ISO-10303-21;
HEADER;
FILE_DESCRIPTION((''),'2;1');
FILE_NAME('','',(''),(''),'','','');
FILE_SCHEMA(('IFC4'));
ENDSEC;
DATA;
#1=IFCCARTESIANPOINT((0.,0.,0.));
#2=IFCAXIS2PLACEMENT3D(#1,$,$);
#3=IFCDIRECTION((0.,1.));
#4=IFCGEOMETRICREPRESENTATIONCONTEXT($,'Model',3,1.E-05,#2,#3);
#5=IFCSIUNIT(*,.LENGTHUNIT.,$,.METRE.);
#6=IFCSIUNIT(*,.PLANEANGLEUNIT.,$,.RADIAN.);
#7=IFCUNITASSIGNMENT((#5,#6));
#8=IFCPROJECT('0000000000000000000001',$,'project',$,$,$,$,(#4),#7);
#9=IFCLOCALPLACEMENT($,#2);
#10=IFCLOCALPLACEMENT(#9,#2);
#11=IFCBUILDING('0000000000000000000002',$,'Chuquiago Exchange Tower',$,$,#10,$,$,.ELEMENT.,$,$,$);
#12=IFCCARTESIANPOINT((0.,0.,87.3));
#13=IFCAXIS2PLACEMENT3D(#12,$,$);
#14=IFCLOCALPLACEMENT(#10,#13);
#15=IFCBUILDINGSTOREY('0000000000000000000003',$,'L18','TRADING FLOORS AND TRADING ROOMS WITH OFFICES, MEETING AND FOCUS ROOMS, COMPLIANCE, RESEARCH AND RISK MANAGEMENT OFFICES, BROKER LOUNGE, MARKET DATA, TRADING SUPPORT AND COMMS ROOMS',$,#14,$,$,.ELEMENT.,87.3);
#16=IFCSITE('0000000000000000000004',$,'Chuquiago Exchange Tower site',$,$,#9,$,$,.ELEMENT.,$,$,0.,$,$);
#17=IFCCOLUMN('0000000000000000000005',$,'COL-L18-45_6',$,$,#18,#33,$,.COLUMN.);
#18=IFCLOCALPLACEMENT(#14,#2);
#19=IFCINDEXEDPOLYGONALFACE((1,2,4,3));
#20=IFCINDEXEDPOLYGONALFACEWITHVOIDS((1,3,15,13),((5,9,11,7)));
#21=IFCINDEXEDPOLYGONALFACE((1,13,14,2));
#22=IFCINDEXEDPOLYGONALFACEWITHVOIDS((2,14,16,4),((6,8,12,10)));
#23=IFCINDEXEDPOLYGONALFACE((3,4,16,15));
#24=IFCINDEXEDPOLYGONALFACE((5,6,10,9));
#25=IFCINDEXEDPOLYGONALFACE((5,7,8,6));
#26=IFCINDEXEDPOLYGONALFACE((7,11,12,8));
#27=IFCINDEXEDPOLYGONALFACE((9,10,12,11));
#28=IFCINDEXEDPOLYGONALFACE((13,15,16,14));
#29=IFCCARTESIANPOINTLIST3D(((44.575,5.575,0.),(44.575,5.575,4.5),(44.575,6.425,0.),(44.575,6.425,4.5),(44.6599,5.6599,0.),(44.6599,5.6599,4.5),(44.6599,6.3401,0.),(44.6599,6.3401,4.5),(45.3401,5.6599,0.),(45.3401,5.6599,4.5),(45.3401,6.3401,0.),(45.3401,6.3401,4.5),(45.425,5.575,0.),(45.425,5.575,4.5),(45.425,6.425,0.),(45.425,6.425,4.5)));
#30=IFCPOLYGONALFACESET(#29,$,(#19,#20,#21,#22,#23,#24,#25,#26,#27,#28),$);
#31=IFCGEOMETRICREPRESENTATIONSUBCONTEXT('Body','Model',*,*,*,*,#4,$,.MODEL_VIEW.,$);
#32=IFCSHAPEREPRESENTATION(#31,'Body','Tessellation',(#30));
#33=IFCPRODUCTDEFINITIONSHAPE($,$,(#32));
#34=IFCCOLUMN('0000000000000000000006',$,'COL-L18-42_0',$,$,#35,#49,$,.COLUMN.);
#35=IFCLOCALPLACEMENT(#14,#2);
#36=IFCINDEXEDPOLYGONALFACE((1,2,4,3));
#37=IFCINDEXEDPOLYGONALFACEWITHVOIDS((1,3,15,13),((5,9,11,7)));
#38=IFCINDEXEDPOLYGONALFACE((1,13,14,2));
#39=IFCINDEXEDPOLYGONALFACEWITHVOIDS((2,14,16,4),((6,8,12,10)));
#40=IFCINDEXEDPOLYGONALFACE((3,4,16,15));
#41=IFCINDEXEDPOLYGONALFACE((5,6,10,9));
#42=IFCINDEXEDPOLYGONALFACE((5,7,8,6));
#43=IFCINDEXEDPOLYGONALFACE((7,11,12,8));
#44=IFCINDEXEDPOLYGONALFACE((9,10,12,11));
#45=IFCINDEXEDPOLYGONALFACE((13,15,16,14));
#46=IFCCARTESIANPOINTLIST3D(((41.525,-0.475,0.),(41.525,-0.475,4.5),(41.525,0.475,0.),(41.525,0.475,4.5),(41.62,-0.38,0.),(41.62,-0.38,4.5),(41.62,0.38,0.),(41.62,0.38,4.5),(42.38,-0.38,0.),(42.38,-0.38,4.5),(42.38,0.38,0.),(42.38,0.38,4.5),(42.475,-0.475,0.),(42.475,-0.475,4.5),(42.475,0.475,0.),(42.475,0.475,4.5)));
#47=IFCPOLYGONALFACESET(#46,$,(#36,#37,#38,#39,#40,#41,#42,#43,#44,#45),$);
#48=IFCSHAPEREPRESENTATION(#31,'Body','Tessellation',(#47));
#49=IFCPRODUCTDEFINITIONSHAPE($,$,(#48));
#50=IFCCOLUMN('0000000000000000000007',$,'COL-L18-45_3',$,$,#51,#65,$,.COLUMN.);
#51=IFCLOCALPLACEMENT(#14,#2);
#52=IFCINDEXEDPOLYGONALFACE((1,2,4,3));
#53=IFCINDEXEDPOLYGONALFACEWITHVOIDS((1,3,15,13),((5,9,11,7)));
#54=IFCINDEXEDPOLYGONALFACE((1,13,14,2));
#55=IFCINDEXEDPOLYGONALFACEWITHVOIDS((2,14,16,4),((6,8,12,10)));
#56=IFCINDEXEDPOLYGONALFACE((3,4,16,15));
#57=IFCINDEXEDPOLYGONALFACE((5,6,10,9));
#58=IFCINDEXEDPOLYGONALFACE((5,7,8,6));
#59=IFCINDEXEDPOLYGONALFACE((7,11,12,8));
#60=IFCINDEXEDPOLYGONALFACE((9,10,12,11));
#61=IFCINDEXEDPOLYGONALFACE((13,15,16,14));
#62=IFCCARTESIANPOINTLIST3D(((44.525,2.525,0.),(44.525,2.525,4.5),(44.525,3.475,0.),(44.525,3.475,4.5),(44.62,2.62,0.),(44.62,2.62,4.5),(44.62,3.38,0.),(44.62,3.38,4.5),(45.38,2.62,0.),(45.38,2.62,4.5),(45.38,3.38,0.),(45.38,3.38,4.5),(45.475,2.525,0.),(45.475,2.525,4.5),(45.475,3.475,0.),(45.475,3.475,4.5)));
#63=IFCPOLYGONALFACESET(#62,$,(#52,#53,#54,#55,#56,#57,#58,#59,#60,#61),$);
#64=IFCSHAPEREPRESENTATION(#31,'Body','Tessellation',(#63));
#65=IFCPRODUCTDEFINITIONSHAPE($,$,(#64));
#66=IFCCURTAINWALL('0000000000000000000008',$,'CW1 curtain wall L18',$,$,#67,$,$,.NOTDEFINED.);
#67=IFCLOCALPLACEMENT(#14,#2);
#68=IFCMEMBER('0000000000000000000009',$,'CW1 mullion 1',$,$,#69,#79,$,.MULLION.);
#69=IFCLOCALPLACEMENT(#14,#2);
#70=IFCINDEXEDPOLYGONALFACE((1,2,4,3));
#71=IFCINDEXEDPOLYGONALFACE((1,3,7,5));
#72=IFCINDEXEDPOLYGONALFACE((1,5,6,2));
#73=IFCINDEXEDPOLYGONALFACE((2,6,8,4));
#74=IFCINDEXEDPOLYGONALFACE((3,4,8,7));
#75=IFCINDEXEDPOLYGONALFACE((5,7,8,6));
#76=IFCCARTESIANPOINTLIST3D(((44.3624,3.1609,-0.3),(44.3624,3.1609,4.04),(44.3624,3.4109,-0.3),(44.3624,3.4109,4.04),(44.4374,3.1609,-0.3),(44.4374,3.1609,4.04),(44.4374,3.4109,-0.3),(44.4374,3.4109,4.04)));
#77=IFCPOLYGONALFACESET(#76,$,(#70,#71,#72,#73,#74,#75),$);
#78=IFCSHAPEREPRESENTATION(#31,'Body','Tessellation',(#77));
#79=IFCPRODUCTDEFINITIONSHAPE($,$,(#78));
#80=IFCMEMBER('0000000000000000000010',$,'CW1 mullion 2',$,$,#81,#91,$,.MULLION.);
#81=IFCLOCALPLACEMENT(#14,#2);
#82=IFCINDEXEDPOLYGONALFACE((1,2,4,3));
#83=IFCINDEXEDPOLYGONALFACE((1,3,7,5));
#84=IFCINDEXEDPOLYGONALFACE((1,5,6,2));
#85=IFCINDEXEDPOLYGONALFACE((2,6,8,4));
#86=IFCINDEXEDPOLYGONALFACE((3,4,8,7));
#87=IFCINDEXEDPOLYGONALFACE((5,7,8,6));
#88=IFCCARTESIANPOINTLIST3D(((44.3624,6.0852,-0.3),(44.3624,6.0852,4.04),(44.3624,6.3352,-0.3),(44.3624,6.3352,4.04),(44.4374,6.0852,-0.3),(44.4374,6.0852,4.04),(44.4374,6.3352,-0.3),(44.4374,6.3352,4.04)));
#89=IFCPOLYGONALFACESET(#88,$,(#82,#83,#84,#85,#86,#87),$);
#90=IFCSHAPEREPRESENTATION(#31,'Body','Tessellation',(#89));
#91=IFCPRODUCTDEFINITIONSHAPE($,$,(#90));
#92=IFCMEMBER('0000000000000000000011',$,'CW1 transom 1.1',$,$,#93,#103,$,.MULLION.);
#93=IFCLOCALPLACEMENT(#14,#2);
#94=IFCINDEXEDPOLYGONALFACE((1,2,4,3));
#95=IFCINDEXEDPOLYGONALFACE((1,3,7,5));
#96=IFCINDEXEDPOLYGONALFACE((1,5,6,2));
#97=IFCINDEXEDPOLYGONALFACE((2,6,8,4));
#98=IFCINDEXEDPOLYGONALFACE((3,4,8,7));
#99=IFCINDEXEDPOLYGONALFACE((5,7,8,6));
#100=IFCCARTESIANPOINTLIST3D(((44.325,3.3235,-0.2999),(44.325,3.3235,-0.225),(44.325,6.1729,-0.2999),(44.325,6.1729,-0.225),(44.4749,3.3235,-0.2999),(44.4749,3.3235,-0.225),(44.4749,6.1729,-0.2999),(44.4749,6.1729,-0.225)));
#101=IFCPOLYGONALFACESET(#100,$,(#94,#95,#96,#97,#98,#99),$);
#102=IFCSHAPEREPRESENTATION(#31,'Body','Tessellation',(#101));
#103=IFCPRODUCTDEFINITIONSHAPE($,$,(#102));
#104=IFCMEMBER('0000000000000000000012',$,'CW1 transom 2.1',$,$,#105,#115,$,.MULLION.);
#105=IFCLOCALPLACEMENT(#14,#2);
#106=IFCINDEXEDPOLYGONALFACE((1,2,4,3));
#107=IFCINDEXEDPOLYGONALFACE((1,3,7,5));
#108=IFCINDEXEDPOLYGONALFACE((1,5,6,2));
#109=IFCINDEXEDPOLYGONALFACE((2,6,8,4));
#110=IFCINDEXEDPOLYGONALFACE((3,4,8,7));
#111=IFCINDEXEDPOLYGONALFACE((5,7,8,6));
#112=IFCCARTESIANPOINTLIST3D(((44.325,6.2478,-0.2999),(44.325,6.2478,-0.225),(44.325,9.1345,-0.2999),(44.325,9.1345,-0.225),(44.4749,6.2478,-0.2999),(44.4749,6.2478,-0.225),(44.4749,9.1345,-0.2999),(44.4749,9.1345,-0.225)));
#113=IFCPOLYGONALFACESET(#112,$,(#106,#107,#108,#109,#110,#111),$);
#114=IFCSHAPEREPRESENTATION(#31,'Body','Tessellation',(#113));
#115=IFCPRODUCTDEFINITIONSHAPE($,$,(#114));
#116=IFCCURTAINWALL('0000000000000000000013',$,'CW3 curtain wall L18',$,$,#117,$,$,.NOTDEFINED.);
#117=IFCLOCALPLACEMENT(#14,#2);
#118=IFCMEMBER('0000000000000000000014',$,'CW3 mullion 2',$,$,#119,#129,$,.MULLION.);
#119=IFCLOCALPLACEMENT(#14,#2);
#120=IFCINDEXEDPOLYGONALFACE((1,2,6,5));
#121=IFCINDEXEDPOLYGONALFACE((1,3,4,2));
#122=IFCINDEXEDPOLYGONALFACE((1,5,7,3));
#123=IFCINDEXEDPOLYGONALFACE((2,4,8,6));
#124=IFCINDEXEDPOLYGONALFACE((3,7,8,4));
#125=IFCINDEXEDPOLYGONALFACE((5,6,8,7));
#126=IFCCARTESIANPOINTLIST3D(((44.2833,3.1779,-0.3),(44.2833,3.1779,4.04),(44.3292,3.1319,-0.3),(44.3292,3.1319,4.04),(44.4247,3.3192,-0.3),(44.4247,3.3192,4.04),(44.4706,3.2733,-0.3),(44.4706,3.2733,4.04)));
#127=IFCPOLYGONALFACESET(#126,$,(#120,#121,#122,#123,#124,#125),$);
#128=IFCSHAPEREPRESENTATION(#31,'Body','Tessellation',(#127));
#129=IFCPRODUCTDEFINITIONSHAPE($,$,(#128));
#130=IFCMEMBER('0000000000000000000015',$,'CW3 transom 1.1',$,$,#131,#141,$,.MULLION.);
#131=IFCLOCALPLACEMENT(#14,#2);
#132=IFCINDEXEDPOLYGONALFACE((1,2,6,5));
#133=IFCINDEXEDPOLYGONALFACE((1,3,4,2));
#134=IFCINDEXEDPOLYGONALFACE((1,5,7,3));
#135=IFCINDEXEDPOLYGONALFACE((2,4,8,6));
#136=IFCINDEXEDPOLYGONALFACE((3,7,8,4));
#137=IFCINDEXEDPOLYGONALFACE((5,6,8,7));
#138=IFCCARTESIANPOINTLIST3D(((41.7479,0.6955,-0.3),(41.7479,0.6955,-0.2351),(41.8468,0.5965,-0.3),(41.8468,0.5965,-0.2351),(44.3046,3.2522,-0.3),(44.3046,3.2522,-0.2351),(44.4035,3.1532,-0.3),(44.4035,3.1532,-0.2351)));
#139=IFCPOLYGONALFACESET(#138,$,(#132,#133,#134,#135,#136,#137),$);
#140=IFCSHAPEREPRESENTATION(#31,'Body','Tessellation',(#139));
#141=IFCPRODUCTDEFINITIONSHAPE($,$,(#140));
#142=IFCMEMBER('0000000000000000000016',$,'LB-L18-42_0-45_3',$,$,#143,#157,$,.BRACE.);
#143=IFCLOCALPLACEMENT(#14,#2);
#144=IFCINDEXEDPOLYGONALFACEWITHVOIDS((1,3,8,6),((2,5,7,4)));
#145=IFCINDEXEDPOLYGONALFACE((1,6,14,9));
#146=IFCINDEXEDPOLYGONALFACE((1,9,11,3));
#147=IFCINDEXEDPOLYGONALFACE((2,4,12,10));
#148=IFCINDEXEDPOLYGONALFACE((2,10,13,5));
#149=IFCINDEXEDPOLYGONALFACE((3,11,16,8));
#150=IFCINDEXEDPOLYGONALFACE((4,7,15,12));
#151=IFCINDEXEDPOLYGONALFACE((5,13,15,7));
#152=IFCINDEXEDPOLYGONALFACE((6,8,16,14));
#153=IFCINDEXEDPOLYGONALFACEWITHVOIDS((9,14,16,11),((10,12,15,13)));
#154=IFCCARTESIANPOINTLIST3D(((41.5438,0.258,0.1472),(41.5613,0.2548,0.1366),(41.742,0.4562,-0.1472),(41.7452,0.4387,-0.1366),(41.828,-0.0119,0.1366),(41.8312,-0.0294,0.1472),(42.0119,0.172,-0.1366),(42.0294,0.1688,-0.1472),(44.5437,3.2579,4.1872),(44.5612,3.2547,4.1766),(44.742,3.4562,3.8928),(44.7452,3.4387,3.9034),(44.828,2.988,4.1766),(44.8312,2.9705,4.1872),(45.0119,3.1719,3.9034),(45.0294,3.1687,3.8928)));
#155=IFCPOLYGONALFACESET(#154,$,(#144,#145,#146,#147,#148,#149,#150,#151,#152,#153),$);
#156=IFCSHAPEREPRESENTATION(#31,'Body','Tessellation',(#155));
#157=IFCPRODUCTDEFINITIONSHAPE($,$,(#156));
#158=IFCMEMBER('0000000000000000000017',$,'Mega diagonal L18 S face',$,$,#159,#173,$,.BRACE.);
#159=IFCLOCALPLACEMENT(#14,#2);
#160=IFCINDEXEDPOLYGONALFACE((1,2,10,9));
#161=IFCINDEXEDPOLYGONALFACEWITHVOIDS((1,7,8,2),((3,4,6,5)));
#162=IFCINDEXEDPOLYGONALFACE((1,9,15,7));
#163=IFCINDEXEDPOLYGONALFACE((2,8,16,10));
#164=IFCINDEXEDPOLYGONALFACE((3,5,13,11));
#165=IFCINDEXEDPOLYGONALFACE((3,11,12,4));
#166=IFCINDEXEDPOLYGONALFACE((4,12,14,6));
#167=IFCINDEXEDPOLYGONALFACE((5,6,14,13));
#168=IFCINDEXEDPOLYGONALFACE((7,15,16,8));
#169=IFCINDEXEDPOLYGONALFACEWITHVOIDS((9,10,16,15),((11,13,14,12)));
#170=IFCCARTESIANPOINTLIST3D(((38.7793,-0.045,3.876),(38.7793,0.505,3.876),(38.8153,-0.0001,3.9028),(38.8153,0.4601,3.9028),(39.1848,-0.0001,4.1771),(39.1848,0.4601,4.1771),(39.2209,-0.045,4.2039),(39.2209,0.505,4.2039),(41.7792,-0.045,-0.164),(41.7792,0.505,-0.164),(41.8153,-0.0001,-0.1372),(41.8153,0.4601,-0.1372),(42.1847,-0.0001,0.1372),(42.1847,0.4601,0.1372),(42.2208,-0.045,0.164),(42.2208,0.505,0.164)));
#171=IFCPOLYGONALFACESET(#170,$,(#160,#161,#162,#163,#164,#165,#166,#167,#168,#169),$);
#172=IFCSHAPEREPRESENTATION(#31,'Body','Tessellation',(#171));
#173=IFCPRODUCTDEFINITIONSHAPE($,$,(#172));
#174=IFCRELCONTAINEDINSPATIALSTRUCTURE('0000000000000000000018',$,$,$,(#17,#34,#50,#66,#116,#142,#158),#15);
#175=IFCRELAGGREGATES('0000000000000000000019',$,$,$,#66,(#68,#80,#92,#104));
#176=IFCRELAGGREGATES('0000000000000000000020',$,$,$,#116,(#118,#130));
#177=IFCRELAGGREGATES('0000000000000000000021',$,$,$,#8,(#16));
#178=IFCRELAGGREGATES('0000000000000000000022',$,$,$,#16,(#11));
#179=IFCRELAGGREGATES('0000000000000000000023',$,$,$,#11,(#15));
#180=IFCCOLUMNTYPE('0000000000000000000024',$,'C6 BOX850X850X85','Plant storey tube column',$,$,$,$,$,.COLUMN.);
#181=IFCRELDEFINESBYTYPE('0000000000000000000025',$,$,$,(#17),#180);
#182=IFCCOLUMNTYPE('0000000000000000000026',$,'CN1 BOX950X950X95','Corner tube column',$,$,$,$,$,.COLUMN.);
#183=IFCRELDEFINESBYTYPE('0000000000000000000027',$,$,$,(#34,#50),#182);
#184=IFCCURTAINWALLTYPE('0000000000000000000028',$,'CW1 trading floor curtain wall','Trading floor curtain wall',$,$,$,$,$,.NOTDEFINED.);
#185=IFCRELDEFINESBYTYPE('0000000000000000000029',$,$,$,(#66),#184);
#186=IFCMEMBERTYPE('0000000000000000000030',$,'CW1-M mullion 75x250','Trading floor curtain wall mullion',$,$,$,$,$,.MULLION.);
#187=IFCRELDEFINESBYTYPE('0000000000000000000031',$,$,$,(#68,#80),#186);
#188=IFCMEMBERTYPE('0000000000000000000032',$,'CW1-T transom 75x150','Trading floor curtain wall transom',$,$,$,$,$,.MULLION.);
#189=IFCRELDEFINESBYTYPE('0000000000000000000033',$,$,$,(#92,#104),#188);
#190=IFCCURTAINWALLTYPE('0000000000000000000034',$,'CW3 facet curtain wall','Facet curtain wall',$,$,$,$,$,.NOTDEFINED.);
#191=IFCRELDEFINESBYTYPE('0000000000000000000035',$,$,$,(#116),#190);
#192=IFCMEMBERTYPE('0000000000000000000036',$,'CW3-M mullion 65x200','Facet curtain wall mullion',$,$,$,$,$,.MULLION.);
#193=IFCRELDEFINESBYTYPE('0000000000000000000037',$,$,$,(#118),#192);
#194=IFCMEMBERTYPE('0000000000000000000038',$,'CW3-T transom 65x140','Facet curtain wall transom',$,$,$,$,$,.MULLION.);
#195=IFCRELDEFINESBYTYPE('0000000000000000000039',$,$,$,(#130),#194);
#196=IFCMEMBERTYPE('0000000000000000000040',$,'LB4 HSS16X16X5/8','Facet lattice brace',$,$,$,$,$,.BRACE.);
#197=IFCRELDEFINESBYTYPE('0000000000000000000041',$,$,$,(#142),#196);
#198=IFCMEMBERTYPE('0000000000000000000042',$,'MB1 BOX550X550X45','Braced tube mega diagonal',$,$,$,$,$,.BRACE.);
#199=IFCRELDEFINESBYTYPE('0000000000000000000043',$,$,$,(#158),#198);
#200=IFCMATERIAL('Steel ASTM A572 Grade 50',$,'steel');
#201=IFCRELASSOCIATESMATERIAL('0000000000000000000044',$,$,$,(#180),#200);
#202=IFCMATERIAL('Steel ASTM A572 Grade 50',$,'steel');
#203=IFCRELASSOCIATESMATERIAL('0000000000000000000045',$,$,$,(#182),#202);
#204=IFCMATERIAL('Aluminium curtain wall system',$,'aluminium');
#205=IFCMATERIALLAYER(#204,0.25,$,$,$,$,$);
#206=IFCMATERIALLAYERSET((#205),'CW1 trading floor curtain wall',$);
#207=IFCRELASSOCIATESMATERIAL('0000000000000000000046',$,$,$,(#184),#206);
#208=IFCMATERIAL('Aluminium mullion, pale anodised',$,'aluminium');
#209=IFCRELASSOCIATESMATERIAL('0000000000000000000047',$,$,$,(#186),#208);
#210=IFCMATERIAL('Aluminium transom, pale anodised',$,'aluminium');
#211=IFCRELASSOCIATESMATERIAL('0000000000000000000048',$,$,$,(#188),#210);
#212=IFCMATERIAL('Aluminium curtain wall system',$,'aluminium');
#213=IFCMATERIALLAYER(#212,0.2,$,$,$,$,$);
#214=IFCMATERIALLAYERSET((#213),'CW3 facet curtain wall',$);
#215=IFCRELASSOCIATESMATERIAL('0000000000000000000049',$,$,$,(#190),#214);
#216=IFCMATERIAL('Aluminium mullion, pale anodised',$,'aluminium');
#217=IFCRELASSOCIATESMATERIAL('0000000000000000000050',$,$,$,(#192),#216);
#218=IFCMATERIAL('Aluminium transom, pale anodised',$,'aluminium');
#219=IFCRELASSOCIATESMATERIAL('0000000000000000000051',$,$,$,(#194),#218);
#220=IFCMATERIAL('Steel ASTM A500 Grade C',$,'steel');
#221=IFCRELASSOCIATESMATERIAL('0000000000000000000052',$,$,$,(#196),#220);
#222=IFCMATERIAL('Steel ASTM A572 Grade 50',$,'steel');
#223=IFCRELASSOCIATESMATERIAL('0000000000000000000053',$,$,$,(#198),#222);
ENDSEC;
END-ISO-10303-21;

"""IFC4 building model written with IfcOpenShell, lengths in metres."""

from ifc_helpers import new_model, si_unit, direction, frame, origin, origin_2d, place, context, subcontext, project, spatial, rectangle, hollow_rectangle, extrude, material, layer, layer_set, material_profile, profile_set, type_object, element, aggregate, save


model = new_model("IFC4")

# Units and contexts
model_context = context("Model", 3, precision=1e-05, world=origin(), true_north=direction((0.0, 1.0)))
body_context = subcontext(model_context, "Body", "Model", "MODEL_VIEW")
ifc_project = project(units=[si_unit("LENGTHUNIT", "METRE"), si_unit("PLANEANGLEUNIT", "RADIAN")], contexts=[model_context])

# Site, building, storey
site_placement = place(None, origin())
site = spatial("IfcSite", under=ifc_project, at=site_placement, Name="Chuquiago Exchange Tower site", CompositionType="ELEMENT", RefElevation=0.0)
building_placement = place(site_placement, origin())
building = spatial("IfcBuilding", under=site, at=building_placement, Name="Chuquiago Exchange Tower", CompositionType="ELEMENT")
storey_placement = place(building_placement, frame((0.0, 0.0, 87.3)))
storey = spatial("IfcBuildingStorey", under=building, at=storey_placement, Name="L18", Description="TRADING FLOORS AND TRADING ROOMS WITH OFFICES, MEETING AND FOCUS ROOMS, COMPLIANCE, RESEARCH AND RISK MANAGEMENT OFFICES, BROKER LOUNGE, MARKET DATA, TRADING SUPPORT AND COMMS ROOMS", CompositionType="ELEMENT", Elevation=87.3)

# Columns
ifc_material_1 = material(Name="Steel ASTM A572 Grade 50", Category="steel")
ifc_material_profile_1 = material_profile(ifc_material_1, hollow_rectangle(XDim=0.8501, YDim=0.8501, WallThickness=0.085, at=origin_2d()), Name="BOX850X850X85")
ifc_profile_set_1 = profile_set([ifc_material_profile_1], Name="Steel ASTM A572 Grade 50")
column_type_1 = type_object("IfcColumnType", Name="C6 BOX850X850X85", Description="Plant storey tube column", PredefinedType="COLUMN", material=ifc_profile_set_1)
column_placement = place(storey_placement, frame((45.0, 6.0, 0.0), z_axis=(0.0, 0.0, 1.0), x_axis=(1.0, 0.0, 0.0)))
element("IfcColumn", 1, at=column_placement, inside=storey, type_object=column_type_1, Name="COL-L18-45_6", PredefinedType="COLUMN", context=body_context, shape_type="SweptSolid", body=[
    extrude(hollow_rectangle(XDim=0.8501, YDim=0.8501, WallThickness=0.085, at=origin_2d()), origin(), (0.0, 0.0, 1.0), 4.5),
])
ifc_material_2 = material(Name="Steel ASTM A572 Grade 50", Category="steel")
ifc_material_profile_2 = material_profile(ifc_material_2, hollow_rectangle(XDim=0.95, YDim=0.95, WallThickness=0.095, at=origin_2d()), Name="BOX950X950X95")
ifc_profile_set_2 = profile_set([ifc_material_profile_2], Name="Steel ASTM A572 Grade 50")
column_type_2 = type_object("IfcColumnType", Name="CN1 BOX950X950X95", Description="Corner tube column", PredefinedType="COLUMN", material=ifc_profile_set_2)
for number, where, z_axis, x_axis, name in (
    (2, (42.0, 0.0, 0.0), (0.0, 0.0, 1.0), (0.0, -1.0, 0.0), "COL-L18-42_0"),
    (3, (45.0, 3.0, 0.0), (0.0, 0.0, 1.0), (1.0, 0.0, 0.0), "COL-L18-45_3"),
):
    element("IfcColumn", number, at=place(storey_placement, frame(where, z_axis=z_axis, x_axis=x_axis)), inside=storey, type_object=column_type_2, Name=name, PredefinedType="COLUMN", context=body_context, shape_type="SweptSolid", body=[
        extrude(hollow_rectangle(XDim=0.95, YDim=0.95, WallThickness=0.095, at=origin_2d()), origin(), (0.0, 0.0, 1.0), 4.5),
    ])

# Curtain walls, members
ifc_material_3 = material(Name="Aluminium curtain wall system", Category="aluminium")
ifc_layer_1 = layer(ifc_material_3, 0.25)
ifc_layer_set_1 = layer_set([ifc_layer_1], Name="CW1 trading floor curtain wall")
curtain_wall_type_1 = type_object("IfcCurtainWallType", Name="CW1 trading floor curtain wall", Description="Trading floor curtain wall", PredefinedType="NOTDEFINED", material=ifc_layer_set_1)
curtain_wall_1_placement = place(storey_placement, origin())
curtain_wall_1 = element("IfcCurtainWall", 4, at=curtain_wall_1_placement, inside=storey, type_object=curtain_wall_type_1, Name="CW1 curtain wall L18", PredefinedType="NOTDEFINED")
ifc_material_4 = material(Name="Aluminium mullion, pale anodised", Category="aluminium")
ifc_material_profile_3 = material_profile(ifc_material_4, rectangle(XDim=0.075, YDim=0.25, at=origin_2d()), Name="AL 75x250")
ifc_profile_set_3 = profile_set([ifc_material_profile_3], Name="Aluminium mullion, pale anodised")
member_type_1 = type_object("IfcMemberType", Name="CW1-M mullion 75x250", Description="Trading floor curtain wall mullion", PredefinedType="MULLION", material=ifc_profile_set_3)
member_1_placement = place(storey_placement, frame((44.3999, 3.2859, -0.3), z_axis=(0.0, 0.0, 1.0), x_axis=(-1.0, 0.0, 0.0)))
member_1 = element("IfcMember", 5, at=member_1_placement, type_object=member_type_1, Name="CW1 mullion 1", PredefinedType="MULLION", context=body_context, shape_type="SweptSolid", body=[
    extrude(rectangle(XDim=0.075, YDim=0.25, at=origin_2d()), origin(), (0.0, 0.0, 1.0), 4.3401),
])
member_2_placement = place(storey_placement, frame((44.3999, 6.2102, -0.3), z_axis=(0.0, 0.0, 1.0), x_axis=(-1.0, 0.0, 0.0)))
member_2 = element("IfcMember", 6, at=member_2_placement, type_object=member_type_1, Name="CW1 mullion 2", PredefinedType="MULLION", context=body_context, shape_type="SweptSolid", body=[
    extrude(rectangle(XDim=0.075, YDim=0.25, at=origin_2d()), origin(), (0.0, 0.0, 1.0), 4.3401),
])
ifc_material_5 = material(Name="Aluminium transom, pale anodised", Category="aluminium")
ifc_material_profile_4 = material_profile(ifc_material_5, rectangle(XDim=0.1499, YDim=0.075, at=origin_2d()), Name="AL 150x75")
ifc_profile_set_4 = profile_set([ifc_material_profile_4], Name="Aluminium transom, pale anodised")
member_type_2 = type_object("IfcMemberType", Name="CW1-T transom 75x150", Description="Trading floor curtain wall transom", PredefinedType="MULLION", material=ifc_profile_set_4)
member_3_placement = place(storey_placement, frame((44.3999, 3.3235, -0.2625), z_axis=(0.0, 1.0, 0.0), x_axis=(-1.0, 0.0, 0.0)))
member_3 = element("IfcMember", 7, at=member_3_placement, type_object=member_type_2, Name="CW1 transom 1.1", PredefinedType="MULLION", context=body_context, shape_type="SweptSolid", body=[
    extrude(rectangle(XDim=0.1499, YDim=0.075, at=origin_2d()), origin(), (0.0, 0.0, 1.0), 2.8494),
])
member_4_placement = place(storey_placement, frame((44.3999, 6.2478, -0.2625), z_axis=(0.0, 1.0, 0.0), x_axis=(-1.0, 0.0, 0.0)))
member_4 = element("IfcMember", 8, at=member_4_placement, type_object=member_type_2, Name="CW1 transom 2.1", PredefinedType="MULLION", context=body_context, shape_type="SweptSolid", body=[
    extrude(rectangle(XDim=0.1499, YDim=0.075, at=origin_2d()), origin(), (0.0, 0.0, 1.0), 2.8867),
])
ifc_material_6 = material(Name="Aluminium curtain wall system", Category="aluminium")
ifc_layer_2 = layer(ifc_material_6, 0.2)
ifc_layer_set_2 = layer_set([ifc_layer_2], Name="CW3 facet curtain wall")
curtain_wall_type_2 = type_object("IfcCurtainWallType", Name="CW3 facet curtain wall", Description="Facet curtain wall", PredefinedType="NOTDEFINED", material=ifc_layer_set_2)
curtain_wall_2_placement = place(storey_placement, origin())
curtain_wall_2 = element("IfcCurtainWall", 9, at=curtain_wall_2_placement, inside=storey, type_object=curtain_wall_type_2, Name="CW3 curtain wall L18", PredefinedType="NOTDEFINED")
ifc_material_7 = material(Name="Aluminium mullion, pale anodised", Category="aluminium")
ifc_material_profile_5 = material_profile(ifc_material_7, rectangle(XDim=0.0649, YDim=0.2, at=origin_2d()), Name="AL 65x200")
ifc_profile_set_5 = profile_set([ifc_material_profile_5], Name="Aluminium mullion, pale anodised")
member_type_3 = type_object("IfcMemberType", Name="CW3-M mullion 65x200", Description="Facet curtain wall mullion", PredefinedType="MULLION", material=ifc_profile_set_5)
member_5_placement = place(storey_placement, frame((44.377, 3.2256, -0.3), z_axis=(0.0, 0.0, 1.0), x_axis=(-0.707107, 0.707107, 0.0)))
member_5 = element("IfcMember", 10, at=member_5_placement, type_object=member_type_3, Name="CW3 mullion 2", PredefinedType="MULLION", context=body_context, shape_type="SweptSolid", body=[
    extrude(rectangle(XDim=0.0649, YDim=0.2, at=origin_2d()), origin(), (0.0, 0.0, 1.0), 4.3401),
])
ifc_material_8 = material(Name="Aluminium transom, pale anodised", Category="aluminium")
ifc_material_profile_6 = material_profile(ifc_material_8, rectangle(XDim=0.1399, YDim=0.0649, at=origin_2d()), Name="AL 140x65")
ifc_profile_set_6 = profile_set([ifc_material_profile_6], Name="Aluminium transom, pale anodised")
member_type_4 = type_object("IfcMemberType", Name="CW3-T transom 65x140", Description="Facet curtain wall transom", PredefinedType="MULLION", material=ifc_profile_set_6)
member_6_placement = place(storey_placement, frame((41.7974, 0.646, -0.2676), z_axis=(0.707107, 0.707107, 0.0), x_axis=(-0.707107, 0.707107, 0.0)))
member_6 = element("IfcMember", 11, at=member_6_placement, type_object=member_type_4, Name="CW3 transom 1.1", PredefinedType="MULLION", context=body_context, shape_type="SweptSolid", body=[
    extrude(rectangle(XDim=0.1399, YDim=0.0649, at=origin_2d()), origin(), (0.0, 0.0, 1.0), 3.6157),
])

# Members
ifc_material_9 = material(Name="Steel ASTM A500 Grade C", Category="steel")
ifc_material_profile_7 = material_profile(ifc_material_9, hollow_rectangle(XDim=0.4065, YDim=0.4065, WallThickness=0.0146, at=origin_2d()), Name="HSS16X16X5/8")
ifc_profile_set_7 = profile_set([ifc_material_profile_7], Name="Steel ASTM A500 Grade C")
member_type_5 = type_object("IfcMemberType", Name="LB4 HSS16X16X5/8", Description="Facet lattice brace", PredefinedType="BRACE", material=ifc_profile_set_7)
member_7_placement = place(storey_placement, frame((41.7866, 0.2134, 0.0), z_axis=(0.512077, 0.512077, 0.689604), x_axis=(-0.707107, 0.707107, 0.0)))
element("IfcMember", 12, at=member_7_placement, inside=storey, type_object=member_type_5, Name="LB-L18-42_0-45_3", PredefinedType="BRACE", context=body_context, shape_type="SweptSolid", body=[
    extrude(hollow_rectangle(XDim=0.4065, YDim=0.4065, WallThickness=0.0146, at=origin_2d()), origin(), (0.0, 0.0, 1.0), 5.8584),
])
ifc_material_10 = material(Name="Steel ASTM A572 Grade 50", Category="steel")
ifc_material_profile_8 = material_profile(ifc_material_10, hollow_rectangle(XDim=0.55, YDim=0.55, WallThickness=0.0449, at=origin_2d()), Name="BOX550X550X45")
ifc_profile_set_8 = profile_set([ifc_material_profile_8], Name="Steel ASTM A572 Grade 50")
member_type_6 = type_object("IfcMemberType", Name="MB1 BOX550X550X45", Description="Braced tube mega diagonal", PredefinedType="BRACE", material=ifc_profile_set_8)
for number, where, z_axis, x_axis, name in (
    (13, (42.0, 0.23, 0.0), (-0.596174, 0.0, 0.802855), (0.0, -1.0, 0.0), "Mega diagonal L18 S face"),
):
    element("IfcMember", number, at=place(storey_placement, frame(where, z_axis=z_axis, x_axis=x_axis)), inside=storey, type_object=member_type_6, Name=name, PredefinedType="BRACE", context=body_context, shape_type="SweptSolid", body=[
        extrude(hollow_rectangle(XDim=0.55, YDim=0.55, WallThickness=0.0449, at=origin_2d()), origin(), (0.0, 0.0, 1.0), 5.032),
    ])

aggregate(curtain_wall_1, [member_1, member_2, member_3, member_4])
aggregate(curtain_wall_2, [member_5, member_6])

save(model, "model.ifc")
